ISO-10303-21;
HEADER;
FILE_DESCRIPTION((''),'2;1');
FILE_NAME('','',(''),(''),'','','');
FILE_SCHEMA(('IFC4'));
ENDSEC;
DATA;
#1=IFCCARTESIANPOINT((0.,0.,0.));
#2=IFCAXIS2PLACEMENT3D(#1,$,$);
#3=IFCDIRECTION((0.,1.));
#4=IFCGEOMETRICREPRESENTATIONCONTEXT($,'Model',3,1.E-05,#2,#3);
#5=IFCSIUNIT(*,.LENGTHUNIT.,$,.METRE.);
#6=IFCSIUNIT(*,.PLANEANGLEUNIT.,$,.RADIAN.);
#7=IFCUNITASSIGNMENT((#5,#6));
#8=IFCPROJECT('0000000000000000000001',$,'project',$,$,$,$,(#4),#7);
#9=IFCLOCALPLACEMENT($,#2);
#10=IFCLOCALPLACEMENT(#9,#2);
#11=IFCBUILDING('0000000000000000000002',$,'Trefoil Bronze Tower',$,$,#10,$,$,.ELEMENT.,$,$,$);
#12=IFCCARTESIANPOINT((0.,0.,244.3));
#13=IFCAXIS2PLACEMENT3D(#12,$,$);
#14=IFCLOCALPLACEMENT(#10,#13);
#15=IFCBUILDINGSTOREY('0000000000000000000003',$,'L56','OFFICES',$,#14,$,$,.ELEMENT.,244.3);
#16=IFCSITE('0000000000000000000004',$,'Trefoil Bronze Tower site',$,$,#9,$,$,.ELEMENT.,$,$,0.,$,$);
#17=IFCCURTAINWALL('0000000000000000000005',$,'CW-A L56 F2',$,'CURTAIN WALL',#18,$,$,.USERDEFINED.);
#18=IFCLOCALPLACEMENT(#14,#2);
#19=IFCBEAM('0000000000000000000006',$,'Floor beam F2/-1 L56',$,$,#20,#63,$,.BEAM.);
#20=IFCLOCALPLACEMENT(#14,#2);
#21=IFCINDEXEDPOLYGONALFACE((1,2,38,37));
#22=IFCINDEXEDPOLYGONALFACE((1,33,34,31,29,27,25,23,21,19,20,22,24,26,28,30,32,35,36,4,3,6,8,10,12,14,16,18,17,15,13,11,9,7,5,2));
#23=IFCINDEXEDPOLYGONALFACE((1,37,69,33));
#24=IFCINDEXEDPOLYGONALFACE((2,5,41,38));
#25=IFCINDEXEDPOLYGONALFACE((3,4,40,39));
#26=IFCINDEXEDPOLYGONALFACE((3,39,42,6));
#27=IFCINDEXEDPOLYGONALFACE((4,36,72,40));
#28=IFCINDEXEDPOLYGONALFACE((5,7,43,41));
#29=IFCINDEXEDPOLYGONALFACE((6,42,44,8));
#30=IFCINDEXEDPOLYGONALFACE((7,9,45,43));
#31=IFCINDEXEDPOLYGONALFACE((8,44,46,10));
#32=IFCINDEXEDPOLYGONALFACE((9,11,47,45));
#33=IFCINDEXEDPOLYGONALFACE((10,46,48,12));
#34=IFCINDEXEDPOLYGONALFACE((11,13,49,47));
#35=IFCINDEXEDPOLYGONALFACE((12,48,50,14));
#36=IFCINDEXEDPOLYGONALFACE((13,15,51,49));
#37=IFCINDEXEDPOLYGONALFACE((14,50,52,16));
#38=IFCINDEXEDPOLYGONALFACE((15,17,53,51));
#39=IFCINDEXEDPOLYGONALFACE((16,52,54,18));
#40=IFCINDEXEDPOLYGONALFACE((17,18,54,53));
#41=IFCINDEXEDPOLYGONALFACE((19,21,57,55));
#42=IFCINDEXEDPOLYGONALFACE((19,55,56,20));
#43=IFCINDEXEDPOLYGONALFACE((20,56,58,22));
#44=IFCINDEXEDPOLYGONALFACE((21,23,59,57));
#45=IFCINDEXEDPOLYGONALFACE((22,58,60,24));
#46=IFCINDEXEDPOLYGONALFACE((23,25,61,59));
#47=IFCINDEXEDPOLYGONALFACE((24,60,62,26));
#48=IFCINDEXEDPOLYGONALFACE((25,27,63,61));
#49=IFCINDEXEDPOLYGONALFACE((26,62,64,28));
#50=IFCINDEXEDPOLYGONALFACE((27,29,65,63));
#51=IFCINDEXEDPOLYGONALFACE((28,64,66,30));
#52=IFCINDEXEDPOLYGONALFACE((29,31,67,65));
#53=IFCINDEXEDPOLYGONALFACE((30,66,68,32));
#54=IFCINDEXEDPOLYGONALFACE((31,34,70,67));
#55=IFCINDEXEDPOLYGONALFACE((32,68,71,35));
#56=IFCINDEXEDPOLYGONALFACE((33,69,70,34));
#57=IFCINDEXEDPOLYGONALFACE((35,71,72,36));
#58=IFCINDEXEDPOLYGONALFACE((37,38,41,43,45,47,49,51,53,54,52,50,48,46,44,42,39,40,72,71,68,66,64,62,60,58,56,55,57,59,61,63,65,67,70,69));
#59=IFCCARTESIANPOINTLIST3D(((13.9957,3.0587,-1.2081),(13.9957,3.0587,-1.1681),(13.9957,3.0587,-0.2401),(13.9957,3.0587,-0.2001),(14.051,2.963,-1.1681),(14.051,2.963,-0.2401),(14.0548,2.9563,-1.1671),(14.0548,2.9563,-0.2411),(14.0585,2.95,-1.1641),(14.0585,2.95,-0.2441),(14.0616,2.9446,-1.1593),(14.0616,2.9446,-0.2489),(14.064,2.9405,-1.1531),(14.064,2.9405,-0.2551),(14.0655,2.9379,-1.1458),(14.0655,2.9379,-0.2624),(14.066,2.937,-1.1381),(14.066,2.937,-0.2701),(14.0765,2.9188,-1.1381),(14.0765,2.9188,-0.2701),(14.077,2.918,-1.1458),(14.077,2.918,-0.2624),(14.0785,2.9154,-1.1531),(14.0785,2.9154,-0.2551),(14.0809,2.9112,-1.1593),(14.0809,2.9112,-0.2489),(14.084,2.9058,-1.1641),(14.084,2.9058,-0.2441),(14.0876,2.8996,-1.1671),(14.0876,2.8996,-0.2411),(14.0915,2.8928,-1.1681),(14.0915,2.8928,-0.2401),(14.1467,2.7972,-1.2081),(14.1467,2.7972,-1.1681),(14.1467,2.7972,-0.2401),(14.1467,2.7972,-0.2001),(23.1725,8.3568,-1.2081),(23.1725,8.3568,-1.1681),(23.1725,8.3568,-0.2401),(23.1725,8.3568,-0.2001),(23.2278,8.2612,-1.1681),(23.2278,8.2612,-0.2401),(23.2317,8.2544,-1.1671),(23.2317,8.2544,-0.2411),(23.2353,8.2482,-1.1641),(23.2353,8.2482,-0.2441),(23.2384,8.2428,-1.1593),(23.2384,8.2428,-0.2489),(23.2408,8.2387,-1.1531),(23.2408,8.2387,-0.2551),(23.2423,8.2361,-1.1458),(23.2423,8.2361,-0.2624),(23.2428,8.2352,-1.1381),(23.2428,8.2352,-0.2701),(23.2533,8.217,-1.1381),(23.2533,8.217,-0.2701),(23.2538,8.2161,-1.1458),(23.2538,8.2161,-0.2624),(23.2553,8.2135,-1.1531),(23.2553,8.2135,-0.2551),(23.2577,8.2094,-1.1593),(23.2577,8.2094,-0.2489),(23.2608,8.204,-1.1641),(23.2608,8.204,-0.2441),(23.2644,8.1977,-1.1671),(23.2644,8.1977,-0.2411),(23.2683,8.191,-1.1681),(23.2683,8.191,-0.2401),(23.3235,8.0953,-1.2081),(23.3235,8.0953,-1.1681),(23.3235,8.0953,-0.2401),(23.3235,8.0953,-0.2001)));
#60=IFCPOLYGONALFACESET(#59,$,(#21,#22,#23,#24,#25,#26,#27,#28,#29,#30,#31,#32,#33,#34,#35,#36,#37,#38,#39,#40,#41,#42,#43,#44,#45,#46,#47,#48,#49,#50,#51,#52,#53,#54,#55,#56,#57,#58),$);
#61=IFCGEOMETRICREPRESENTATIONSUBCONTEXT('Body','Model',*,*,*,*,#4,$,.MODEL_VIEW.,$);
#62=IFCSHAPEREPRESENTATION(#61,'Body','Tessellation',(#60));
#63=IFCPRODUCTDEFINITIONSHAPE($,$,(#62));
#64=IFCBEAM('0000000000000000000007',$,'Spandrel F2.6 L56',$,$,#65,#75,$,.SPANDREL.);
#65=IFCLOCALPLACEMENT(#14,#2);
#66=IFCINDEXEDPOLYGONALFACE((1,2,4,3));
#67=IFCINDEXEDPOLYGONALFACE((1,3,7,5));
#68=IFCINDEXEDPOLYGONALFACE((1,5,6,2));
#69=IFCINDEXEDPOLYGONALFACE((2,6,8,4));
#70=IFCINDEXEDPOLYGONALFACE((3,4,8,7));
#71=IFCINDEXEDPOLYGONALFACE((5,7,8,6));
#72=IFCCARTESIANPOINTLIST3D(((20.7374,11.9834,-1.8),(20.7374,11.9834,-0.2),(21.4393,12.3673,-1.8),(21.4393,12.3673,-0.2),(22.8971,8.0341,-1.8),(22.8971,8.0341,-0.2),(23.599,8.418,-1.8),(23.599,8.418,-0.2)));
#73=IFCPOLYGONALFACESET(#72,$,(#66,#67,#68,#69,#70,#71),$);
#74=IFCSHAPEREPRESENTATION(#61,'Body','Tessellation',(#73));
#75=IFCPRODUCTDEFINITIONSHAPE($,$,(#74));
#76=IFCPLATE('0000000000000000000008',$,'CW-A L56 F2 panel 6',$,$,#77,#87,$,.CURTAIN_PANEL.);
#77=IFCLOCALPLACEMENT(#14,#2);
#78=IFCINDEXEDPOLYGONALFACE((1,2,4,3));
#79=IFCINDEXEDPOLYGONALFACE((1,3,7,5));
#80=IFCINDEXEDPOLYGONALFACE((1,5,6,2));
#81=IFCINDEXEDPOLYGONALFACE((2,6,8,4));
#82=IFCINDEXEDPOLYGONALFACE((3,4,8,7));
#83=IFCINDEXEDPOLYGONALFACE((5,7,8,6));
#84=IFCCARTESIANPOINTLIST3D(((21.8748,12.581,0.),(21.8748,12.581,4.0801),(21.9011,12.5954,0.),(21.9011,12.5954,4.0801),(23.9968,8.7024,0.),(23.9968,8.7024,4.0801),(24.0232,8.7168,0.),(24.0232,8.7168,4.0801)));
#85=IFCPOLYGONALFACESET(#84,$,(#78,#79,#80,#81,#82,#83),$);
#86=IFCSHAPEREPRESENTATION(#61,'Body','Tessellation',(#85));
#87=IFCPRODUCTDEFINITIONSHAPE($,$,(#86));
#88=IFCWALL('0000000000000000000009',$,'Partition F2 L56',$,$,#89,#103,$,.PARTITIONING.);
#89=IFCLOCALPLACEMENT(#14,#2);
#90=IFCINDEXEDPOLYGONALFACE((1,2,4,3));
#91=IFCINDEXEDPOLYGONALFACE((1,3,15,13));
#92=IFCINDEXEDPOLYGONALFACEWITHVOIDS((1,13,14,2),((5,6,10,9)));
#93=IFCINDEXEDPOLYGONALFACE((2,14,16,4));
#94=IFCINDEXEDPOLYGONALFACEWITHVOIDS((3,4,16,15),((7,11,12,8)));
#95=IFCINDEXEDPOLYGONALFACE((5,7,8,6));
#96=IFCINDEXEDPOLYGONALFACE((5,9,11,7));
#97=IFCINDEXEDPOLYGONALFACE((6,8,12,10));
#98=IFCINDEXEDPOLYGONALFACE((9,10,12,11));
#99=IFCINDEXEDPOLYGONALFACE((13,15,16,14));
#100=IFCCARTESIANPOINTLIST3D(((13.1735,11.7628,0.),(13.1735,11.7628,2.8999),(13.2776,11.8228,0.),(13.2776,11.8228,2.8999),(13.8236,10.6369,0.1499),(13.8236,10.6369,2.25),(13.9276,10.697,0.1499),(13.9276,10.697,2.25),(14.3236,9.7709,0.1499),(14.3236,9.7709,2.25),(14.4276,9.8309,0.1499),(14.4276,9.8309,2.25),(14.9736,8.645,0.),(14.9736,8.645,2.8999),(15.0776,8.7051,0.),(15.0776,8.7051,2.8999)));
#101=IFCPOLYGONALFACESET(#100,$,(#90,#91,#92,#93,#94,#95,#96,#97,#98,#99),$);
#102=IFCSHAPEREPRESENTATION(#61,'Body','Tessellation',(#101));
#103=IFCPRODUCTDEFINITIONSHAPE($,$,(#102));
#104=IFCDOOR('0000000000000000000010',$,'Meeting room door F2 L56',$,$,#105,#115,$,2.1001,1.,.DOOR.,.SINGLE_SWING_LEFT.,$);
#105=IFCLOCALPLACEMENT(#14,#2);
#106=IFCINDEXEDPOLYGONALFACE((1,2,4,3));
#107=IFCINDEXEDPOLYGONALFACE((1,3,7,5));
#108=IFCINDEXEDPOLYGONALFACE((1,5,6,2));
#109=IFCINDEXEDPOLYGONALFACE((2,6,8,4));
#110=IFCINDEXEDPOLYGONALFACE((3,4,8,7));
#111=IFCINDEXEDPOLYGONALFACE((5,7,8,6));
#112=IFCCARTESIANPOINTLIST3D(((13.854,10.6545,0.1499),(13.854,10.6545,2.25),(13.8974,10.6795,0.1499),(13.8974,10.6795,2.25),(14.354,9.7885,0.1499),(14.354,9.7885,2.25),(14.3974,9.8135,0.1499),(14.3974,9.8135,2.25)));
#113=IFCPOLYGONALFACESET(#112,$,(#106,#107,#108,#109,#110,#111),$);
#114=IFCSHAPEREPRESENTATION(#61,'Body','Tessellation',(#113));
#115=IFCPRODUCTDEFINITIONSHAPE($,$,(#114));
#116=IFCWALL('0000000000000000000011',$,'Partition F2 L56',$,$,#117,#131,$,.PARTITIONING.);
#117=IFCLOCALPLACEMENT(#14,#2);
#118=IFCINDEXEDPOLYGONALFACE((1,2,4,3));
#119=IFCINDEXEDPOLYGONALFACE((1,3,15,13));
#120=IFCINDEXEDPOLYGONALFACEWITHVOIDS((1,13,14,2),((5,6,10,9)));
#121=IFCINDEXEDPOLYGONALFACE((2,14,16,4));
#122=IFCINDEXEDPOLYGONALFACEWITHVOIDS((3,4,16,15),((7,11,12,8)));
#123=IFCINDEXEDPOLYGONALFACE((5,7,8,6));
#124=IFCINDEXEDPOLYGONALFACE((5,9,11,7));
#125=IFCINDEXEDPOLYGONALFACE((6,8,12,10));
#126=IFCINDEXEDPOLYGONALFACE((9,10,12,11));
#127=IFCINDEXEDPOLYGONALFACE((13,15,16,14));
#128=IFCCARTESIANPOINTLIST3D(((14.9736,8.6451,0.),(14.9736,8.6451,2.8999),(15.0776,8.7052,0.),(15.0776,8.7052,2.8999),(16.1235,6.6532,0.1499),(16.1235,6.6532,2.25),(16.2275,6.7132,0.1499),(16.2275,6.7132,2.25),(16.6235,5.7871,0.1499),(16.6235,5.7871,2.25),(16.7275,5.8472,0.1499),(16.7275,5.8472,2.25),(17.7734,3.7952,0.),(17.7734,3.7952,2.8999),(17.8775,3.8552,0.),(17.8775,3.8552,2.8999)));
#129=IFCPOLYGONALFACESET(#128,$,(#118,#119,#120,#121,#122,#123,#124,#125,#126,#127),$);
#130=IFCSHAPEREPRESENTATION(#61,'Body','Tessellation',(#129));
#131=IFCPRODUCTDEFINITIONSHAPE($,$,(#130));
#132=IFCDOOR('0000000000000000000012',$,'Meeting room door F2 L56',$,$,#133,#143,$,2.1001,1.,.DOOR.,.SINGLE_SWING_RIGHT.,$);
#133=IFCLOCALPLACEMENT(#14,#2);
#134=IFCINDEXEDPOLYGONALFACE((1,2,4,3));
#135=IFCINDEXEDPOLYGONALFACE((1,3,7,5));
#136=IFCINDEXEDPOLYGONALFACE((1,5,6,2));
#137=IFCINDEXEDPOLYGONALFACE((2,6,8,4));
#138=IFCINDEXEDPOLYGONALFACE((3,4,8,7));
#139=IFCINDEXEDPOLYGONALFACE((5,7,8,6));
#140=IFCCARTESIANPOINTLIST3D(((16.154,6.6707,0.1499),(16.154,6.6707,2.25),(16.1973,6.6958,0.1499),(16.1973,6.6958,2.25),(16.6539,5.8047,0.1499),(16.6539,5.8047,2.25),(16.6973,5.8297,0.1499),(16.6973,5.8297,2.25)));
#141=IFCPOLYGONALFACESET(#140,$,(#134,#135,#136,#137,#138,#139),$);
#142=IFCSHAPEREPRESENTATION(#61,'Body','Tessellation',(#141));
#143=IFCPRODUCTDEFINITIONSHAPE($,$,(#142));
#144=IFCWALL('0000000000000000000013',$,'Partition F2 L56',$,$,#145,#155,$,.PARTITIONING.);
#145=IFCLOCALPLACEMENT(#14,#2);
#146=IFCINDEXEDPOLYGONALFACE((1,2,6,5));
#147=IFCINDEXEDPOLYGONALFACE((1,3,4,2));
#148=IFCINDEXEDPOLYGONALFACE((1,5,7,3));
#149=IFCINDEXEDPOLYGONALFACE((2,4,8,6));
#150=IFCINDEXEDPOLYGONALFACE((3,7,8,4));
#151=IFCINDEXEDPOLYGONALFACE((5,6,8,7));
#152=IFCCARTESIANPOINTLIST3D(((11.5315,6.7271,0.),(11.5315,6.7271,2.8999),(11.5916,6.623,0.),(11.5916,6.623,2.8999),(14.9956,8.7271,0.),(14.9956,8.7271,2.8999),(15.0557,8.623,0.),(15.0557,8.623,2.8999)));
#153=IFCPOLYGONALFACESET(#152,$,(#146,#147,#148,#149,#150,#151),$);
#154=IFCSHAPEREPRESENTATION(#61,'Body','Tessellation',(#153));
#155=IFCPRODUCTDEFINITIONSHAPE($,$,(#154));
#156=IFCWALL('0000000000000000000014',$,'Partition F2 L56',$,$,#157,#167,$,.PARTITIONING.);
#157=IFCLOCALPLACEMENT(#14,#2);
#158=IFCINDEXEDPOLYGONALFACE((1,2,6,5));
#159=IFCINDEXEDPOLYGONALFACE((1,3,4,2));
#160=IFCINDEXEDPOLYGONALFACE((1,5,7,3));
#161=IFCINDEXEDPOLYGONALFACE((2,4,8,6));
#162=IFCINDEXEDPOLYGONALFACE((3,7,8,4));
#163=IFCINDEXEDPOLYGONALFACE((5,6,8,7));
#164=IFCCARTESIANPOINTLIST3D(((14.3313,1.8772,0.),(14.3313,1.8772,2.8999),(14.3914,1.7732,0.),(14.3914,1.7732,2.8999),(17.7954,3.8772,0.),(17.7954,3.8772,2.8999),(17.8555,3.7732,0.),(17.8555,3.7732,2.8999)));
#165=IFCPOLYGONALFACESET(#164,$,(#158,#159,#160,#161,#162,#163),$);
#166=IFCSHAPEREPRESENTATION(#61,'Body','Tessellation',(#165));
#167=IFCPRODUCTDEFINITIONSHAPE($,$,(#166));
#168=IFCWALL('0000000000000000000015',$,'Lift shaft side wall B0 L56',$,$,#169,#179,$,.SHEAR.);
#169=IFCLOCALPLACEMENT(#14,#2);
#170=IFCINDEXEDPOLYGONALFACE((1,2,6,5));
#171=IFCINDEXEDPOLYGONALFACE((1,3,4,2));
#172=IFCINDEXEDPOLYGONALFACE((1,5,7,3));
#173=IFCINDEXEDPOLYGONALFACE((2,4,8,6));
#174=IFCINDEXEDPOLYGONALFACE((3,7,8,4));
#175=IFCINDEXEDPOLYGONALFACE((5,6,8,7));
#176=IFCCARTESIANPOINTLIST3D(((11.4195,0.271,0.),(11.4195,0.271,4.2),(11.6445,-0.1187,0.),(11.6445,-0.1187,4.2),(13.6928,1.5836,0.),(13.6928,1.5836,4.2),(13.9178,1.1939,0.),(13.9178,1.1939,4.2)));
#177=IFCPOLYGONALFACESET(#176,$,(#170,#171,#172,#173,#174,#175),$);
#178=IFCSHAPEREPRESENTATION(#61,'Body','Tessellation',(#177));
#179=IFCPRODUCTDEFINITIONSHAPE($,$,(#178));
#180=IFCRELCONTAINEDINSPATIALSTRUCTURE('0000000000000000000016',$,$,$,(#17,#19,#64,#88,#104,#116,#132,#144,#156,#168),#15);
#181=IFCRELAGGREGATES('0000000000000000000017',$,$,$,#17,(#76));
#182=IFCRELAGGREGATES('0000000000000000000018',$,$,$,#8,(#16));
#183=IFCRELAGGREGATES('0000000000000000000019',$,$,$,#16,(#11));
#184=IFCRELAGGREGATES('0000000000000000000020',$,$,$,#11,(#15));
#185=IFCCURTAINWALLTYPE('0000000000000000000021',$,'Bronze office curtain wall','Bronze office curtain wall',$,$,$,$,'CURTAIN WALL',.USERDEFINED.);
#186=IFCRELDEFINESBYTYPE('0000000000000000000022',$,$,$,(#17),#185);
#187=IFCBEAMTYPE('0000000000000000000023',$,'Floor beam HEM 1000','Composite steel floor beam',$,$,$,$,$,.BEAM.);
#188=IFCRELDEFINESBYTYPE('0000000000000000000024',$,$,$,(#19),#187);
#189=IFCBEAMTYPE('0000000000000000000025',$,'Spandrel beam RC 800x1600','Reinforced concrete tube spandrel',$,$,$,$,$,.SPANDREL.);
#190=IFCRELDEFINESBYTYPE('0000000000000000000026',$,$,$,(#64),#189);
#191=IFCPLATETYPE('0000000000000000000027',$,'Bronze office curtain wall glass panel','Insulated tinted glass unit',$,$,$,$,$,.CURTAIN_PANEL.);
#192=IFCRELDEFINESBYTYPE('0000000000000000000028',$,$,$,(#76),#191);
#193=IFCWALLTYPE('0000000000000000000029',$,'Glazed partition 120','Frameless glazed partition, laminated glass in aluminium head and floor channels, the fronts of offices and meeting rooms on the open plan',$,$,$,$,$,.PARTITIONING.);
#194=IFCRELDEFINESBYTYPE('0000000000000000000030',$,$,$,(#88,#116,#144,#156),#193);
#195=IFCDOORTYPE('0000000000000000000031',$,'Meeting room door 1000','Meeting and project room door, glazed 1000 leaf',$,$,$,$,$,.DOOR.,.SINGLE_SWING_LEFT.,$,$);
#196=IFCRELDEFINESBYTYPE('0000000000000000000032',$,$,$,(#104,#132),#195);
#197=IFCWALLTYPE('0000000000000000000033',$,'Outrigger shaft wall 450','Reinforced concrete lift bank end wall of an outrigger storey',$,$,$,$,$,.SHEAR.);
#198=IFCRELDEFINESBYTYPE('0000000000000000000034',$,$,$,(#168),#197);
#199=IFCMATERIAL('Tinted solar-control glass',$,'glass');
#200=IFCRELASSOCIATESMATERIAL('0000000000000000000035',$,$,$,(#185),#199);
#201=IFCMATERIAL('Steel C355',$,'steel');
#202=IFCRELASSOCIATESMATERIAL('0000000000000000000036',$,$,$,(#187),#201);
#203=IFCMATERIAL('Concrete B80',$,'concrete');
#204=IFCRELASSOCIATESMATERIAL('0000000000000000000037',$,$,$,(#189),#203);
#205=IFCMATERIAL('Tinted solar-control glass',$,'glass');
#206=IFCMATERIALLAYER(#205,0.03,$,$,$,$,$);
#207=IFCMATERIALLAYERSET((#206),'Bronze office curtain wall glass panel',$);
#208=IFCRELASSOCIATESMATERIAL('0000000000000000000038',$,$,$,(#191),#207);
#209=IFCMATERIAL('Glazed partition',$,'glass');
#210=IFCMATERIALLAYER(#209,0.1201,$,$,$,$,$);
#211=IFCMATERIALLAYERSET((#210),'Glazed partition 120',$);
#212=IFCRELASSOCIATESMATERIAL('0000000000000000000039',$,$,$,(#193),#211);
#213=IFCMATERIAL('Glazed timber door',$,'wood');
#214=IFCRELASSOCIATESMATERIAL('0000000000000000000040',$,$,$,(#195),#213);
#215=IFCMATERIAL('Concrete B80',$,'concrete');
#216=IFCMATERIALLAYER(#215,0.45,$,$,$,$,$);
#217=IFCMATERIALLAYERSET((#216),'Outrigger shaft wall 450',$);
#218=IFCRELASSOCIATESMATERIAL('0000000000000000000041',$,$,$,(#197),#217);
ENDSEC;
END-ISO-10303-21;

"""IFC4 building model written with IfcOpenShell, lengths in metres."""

from ifc_helpers import new_model, si_unit, direction, frame, frame_2d, origin, origin_2d, place, context, subcontext, project, spatial, rectangle, i_section, extrude, material, layer, layer_set, material_profile, profile_set, type_object, element, fill, aggregate, save


model = new_model("IFC4")

# Units and contexts
model_context = context("Model", 3, precision=1e-05, world=origin(), true_north=direction((0.0, 1.0)))
body_context = subcontext(model_context, "Body", "Model", "MODEL_VIEW")
ifc_project = project(units=[si_unit("LENGTHUNIT", "METRE"), si_unit("PLANEANGLEUNIT", "RADIAN")], contexts=[model_context])

# Site, building, storey
site_placement = place(None, origin())
site = spatial("IfcSite", under=ifc_project, at=site_placement, Name="Trefoil Bronze Tower site", CompositionType="ELEMENT", RefElevation=0.0)
building_placement = place(site_placement, origin())
building = spatial("IfcBuilding", under=site, at=building_placement, Name="Trefoil Bronze Tower", CompositionType="ELEMENT")
storey_placement = place(building_placement, frame((0.0, 0.0, 244.3)))
storey = spatial("IfcBuildingStorey", under=building, at=storey_placement, Name="L56", Description="OFFICES", CompositionType="ELEMENT", Elevation=244.3)

# Curtain wall
ifc_material_1 = material(Name="Tinted solar-control glass", Category="glass")
curtain_wall_type = type_object("IfcCurtainWallType", Name="Bronze office curtain wall", Description="Bronze office curtain wall", ElementType="CURTAIN WALL", PredefinedType="USERDEFINED", material=ifc_material_1)
curtain_wall_placement = place(storey_placement, origin())
curtain_wall = element("IfcCurtainWall", 1, at=curtain_wall_placement, inside=storey, type_object=curtain_wall_type, Name="CW-A L56 F2", ObjectType="CURTAIN WALL", PredefinedType="USERDEFINED")

# Beams
ifc_material_2 = material(Name="Steel C355", Category="steel")
ifc_material_profile_1 = material_profile(ifc_material_2, i_section(OverallWidth=0.302, OverallDepth=1.0081, WebThickness=0.021, FlangeThickness=0.04, FilletRadius=0.03, at=origin_2d()), Name="HEM 1000")
ifc_profile_set_1 = profile_set([ifc_material_profile_1], Name="Steel C355")
beam_type_1 = type_object("IfcBeamType", Name="Floor beam HEM 1000", Description="Composite steel floor beam", PredefinedType="BEAM", material=ifc_profile_set_1)
beam_1_placement = place(storey_placement, frame((23.248, 8.2261, -0.7041), z_axis=(-0.86603, -0.499992, 0.0), x_axis=(0.499992, -0.86603, 0.0)))
element("IfcBeam", 2, at=beam_1_placement, inside=storey, type_object=beam_type_1, Name="Floor beam F2/-1 L56", PredefinedType="BEAM", context=body_context, shape_type="SweptSolid", body=[
    extrude(i_section(OverallWidth=0.302, OverallDepth=1.0081, WebThickness=0.021, FlangeThickness=0.04, FilletRadius=0.03, at=origin_2d()), origin(), (0.0, 0.0, 1.0), 10.5964),
])
ifc_material_3 = material(Name="Concrete B80", Category="concrete")
ifc_material_profile_2 = material_profile(ifc_material_3, rectangle(XDim=0.8, YDim=1.6001, at=origin_2d()), Name="RC 800x1600")
ifc_profile_set_2 = profile_set([ifc_material_profile_2], Name="Concrete B80")
beam_type_2 = type_object("IfcBeamType", Name="Spandrel beam RC 800x1600", Description="Reinforced concrete tube spandrel", PredefinedType="SPANDREL", material=ifc_profile_set_2)
beam_2_placement = place(storey_placement, frame((23.248, 8.2261, -1.0), z_axis=(-0.479802, 0.877377, 0.0), x_axis=(-0.877377, -0.479802, 0.0)))
element("IfcBeam", 3, at=beam_2_placement, inside=storey, type_object=beam_type_2, Name="Spandrel F2.6 L56", PredefinedType="SPANDREL", context=body_context, shape_type="SweptSolid", body=[
    extrude(rectangle(XDim=0.8, YDim=1.6001, at=origin_2d()), origin(), (0.0, 0.0, 1.0), 4.5012),
])

# Plate
ifc_material_4 = material(Name="Tinted solar-control glass", Category="glass")
ifc_layer_1 = layer(ifc_material_4, 0.03)
ifc_layer_set_1 = layer_set([ifc_layer_1], Name="Bronze office curtain wall glass panel")
plate_type = type_object("IfcPlateType", Name="Bronze office curtain wall glass panel", Description="Insulated tinted glass unit", PredefinedType="CURTAIN_PANEL", material=ifc_layer_set_1)
plate_placement = place(storey_placement, frame((22.949, 10.6489, 0.0), z_axis=(0.0, 0.0, 1.0), x_axis=(-0.479974, 0.877283, 0.0)))
plate = element("IfcPlate", 4, at=plate_placement, type_object=plate_type, Name="CW-A L56 F2 panel 6", PredefinedType="CURTAIN_PANEL", context=body_context, shape_type="SweptSolid", body=[
    extrude(rectangle(XDim=4.4211, YDim=0.03, at=origin_2d()), origin(), (0.0, 0.0, 1.0), 4.0801),
])
aggregate(curtain_wall, [plate])

# Walls, openings, doors
ifc_material_5 = material(Name="Glazed partition", Category="glass")
ifc_layer_2 = layer(ifc_material_5, 0.1201)
ifc_layer_set_2 = layer_set([ifc_layer_2], Name="Glazed partition 120")
wall_type_1 = type_object("IfcWallType", Name="Glazed partition 120", Description="Frameless glazed partition, laminated glass in aluminium head and floor channels, the fronts of offices and meeting rooms on the open plan", PredefinedType="PARTITIONING", material=ifc_layer_set_2)
wall_1_placement = place(storey_placement, frame((15.0256, 8.675, 0.0), z_axis=(0.0, 0.0, 1.0), x_axis=(-0.500012, 0.866018, 0.0)))
wall_1 = element("IfcWall", 5, at=wall_1_placement, inside=storey, type_object=wall_type_1, Name="Partition F2 L56", PredefinedType="PARTITIONING", context=body_context, shape_type="SweptSolid", body=[
    extrude(rectangle(XDim=3.6001, YDim=0.1201, at=frame_2d((1.8, 0.0))), origin(), (0.0, 0.0, 1.0), 2.8999),
])
opening_1_placement = place(wall_1_placement, frame((1.3, 0.0, 0.1499)))
opening_1 = element("IfcOpeningElement", 6, at=opening_1_placement, cuts=wall_1, PredefinedType="OPENING", context=body_context, shape_type="SweptSolid", body=[
    extrude(rectangle(XDim=1.0, YDim=2.1001, at=frame_2d((0.5, 1.05))), frame((0.0, 0.0701, 0.0), z_axis=(0.0, -1.0, 0.0), x_axis=(1.0, 0.0, 0.0)), (0.0, 0.0, 1.0), 0.1401),
])
ifc_material_6 = material(Name="Glazed timber door", Category="wood")
door_type_1 = type_object("IfcDoorType", Name="Meeting room door 1000", Description="Meeting and project room door, glazed 1000 leaf", OperationType="SINGLE_SWING_LEFT", PredefinedType="DOOR", material=ifc_material_6)
door_1_placement = place(opening_1_placement, origin())
door_1 = element("IfcDoor", 7, at=door_1_placement, inside=storey, type_object=door_type_1, Name="Meeting room door F2 L56", OperationType="SINGLE_SWING_LEFT", OverallHeight=2.1001, OverallWidth=1.0, PredefinedType="DOOR", context=body_context, shape_type="SweptSolid", body=[
    extrude(rectangle(XDim=1.0, YDim=2.1001, at=frame_2d((0.5, 1.05))), frame((0.0, 0.0249, 0.0), z_axis=(0.0, -1.0, 0.0), x_axis=(1.0, 0.0, 0.0)), (0.0, 0.0, 1.0), 0.05),
])
fill(opening_1, door_1)
wall_2_placement = place(storey_placement, frame((17.8254, 3.8252, 0.0), z_axis=(0.0, 0.0, 1.0), x_axis=(-0.499965, 0.866045, 0.0)))
wall_2 = element("IfcWall", 8, at=wall_2_placement, inside=storey, type_object=wall_type_1, Name="Partition F2 L56", PredefinedType="PARTITIONING", context=body_context, shape_type="SweptSolid", body=[
    extrude(rectangle(XDim=5.6001, YDim=0.1201, at=frame_2d((2.8, 0.0))), origin(), (0.0, 0.0, 1.0), 2.8999),
])
opening_2_placement = place(wall_2_placement, frame((2.3, 0.0, 0.1499)))
opening_2 = element("IfcOpeningElement", 9, at=opening_2_placement, cuts=wall_2, PredefinedType="OPENING", context=body_context, shape_type="SweptSolid", body=[
    extrude(rectangle(XDim=1.0, YDim=2.1001, at=frame_2d((0.5, 1.05))), frame((0.0, 0.0701, 0.0), z_axis=(0.0, -1.0, 0.0), x_axis=(1.0, 0.0, 0.0)), (0.0, 0.0, 1.0), 0.1401),
])
door_2_placement = place(opening_2_placement, origin())
door_2 = element("IfcDoor", 10, at=door_2_placement, inside=storey, type_object=door_type_1, Name="Meeting room door F2 L56", OperationType="SINGLE_SWING_RIGHT", OverallHeight=2.1001, OverallWidth=1.0, PredefinedType="DOOR", context=body_context, shape_type="SweptSolid", body=[
    extrude(rectangle(XDim=1.0, YDim=2.1001, at=frame_2d((0.5, 1.05))), frame((0.0, 0.0249, 0.0), z_axis=(0.0, -1.0, 0.0), x_axis=(1.0, 0.0, 0.0)), (0.0, 0.0, 1.0), 0.05),
])
fill(opening_2, door_2)

# Walls
for number, where, z_axis, x_axis, name in (
    (11, (11.5615, 6.675, 0.0), (0.0, 0.0, 1.0), (0.866026, 0.499999, 0.0), "Partition F2 L56"),
    (12, (14.3613, 1.8252, 0.0), (0.0, 0.0, 1.0), (0.866026, 0.499999, 0.0), "Partition F2 L56"),
):
    element("IfcWall", number, at=place(storey_placement, frame(where, z_axis=z_axis, x_axis=x_axis)), inside=storey, type_object=wall_type_1, Name=name, PredefinedType="PARTITIONING", context=body_context, shape_type="SweptSolid", body=[
        extrude(rectangle(XDim=4.0, YDim=0.1201, at=frame_2d((2.0, 0.0))), origin(), (0.0, 0.0, 1.0), 2.8999),
    ])
ifc_material_7 = material(Name="Concrete B80", Category="concrete")
ifc_layer_3 = layer(ifc_material_7, 0.45)
ifc_layer_set_3 = layer_set([ifc_layer_3], Name="Outrigger shaft wall 450")
wall_type_2 = type_object("IfcWallType", Name="Outrigger shaft wall 450", Description="Reinforced concrete lift bank end wall of an outrigger storey", PredefinedType="SHEAR", material=ifc_layer_set_3)
for number, where, z_axis, x_axis, name in (
    (13, (11.532, 0.0762, 0.0), (0.0, 0.0, 1.0), (0.866014, 0.50002, 0.0), "Lift shaft side wall B0 L56"),
):
    element("IfcWall", number, at=place(storey_placement, frame(where, z_axis=z_axis, x_axis=x_axis)), inside=storey, type_object=wall_type_2, Name=name, PredefinedType="SHEAR", context=body_context, shape_type="SweptSolid", body=[
        extrude(rectangle(XDim=2.625, YDim=0.45, at=frame_2d((1.3125, 0.0))), origin(), (0.0, 0.0, 1.0), 4.2),
    ])

save(model, "model.ifc")
